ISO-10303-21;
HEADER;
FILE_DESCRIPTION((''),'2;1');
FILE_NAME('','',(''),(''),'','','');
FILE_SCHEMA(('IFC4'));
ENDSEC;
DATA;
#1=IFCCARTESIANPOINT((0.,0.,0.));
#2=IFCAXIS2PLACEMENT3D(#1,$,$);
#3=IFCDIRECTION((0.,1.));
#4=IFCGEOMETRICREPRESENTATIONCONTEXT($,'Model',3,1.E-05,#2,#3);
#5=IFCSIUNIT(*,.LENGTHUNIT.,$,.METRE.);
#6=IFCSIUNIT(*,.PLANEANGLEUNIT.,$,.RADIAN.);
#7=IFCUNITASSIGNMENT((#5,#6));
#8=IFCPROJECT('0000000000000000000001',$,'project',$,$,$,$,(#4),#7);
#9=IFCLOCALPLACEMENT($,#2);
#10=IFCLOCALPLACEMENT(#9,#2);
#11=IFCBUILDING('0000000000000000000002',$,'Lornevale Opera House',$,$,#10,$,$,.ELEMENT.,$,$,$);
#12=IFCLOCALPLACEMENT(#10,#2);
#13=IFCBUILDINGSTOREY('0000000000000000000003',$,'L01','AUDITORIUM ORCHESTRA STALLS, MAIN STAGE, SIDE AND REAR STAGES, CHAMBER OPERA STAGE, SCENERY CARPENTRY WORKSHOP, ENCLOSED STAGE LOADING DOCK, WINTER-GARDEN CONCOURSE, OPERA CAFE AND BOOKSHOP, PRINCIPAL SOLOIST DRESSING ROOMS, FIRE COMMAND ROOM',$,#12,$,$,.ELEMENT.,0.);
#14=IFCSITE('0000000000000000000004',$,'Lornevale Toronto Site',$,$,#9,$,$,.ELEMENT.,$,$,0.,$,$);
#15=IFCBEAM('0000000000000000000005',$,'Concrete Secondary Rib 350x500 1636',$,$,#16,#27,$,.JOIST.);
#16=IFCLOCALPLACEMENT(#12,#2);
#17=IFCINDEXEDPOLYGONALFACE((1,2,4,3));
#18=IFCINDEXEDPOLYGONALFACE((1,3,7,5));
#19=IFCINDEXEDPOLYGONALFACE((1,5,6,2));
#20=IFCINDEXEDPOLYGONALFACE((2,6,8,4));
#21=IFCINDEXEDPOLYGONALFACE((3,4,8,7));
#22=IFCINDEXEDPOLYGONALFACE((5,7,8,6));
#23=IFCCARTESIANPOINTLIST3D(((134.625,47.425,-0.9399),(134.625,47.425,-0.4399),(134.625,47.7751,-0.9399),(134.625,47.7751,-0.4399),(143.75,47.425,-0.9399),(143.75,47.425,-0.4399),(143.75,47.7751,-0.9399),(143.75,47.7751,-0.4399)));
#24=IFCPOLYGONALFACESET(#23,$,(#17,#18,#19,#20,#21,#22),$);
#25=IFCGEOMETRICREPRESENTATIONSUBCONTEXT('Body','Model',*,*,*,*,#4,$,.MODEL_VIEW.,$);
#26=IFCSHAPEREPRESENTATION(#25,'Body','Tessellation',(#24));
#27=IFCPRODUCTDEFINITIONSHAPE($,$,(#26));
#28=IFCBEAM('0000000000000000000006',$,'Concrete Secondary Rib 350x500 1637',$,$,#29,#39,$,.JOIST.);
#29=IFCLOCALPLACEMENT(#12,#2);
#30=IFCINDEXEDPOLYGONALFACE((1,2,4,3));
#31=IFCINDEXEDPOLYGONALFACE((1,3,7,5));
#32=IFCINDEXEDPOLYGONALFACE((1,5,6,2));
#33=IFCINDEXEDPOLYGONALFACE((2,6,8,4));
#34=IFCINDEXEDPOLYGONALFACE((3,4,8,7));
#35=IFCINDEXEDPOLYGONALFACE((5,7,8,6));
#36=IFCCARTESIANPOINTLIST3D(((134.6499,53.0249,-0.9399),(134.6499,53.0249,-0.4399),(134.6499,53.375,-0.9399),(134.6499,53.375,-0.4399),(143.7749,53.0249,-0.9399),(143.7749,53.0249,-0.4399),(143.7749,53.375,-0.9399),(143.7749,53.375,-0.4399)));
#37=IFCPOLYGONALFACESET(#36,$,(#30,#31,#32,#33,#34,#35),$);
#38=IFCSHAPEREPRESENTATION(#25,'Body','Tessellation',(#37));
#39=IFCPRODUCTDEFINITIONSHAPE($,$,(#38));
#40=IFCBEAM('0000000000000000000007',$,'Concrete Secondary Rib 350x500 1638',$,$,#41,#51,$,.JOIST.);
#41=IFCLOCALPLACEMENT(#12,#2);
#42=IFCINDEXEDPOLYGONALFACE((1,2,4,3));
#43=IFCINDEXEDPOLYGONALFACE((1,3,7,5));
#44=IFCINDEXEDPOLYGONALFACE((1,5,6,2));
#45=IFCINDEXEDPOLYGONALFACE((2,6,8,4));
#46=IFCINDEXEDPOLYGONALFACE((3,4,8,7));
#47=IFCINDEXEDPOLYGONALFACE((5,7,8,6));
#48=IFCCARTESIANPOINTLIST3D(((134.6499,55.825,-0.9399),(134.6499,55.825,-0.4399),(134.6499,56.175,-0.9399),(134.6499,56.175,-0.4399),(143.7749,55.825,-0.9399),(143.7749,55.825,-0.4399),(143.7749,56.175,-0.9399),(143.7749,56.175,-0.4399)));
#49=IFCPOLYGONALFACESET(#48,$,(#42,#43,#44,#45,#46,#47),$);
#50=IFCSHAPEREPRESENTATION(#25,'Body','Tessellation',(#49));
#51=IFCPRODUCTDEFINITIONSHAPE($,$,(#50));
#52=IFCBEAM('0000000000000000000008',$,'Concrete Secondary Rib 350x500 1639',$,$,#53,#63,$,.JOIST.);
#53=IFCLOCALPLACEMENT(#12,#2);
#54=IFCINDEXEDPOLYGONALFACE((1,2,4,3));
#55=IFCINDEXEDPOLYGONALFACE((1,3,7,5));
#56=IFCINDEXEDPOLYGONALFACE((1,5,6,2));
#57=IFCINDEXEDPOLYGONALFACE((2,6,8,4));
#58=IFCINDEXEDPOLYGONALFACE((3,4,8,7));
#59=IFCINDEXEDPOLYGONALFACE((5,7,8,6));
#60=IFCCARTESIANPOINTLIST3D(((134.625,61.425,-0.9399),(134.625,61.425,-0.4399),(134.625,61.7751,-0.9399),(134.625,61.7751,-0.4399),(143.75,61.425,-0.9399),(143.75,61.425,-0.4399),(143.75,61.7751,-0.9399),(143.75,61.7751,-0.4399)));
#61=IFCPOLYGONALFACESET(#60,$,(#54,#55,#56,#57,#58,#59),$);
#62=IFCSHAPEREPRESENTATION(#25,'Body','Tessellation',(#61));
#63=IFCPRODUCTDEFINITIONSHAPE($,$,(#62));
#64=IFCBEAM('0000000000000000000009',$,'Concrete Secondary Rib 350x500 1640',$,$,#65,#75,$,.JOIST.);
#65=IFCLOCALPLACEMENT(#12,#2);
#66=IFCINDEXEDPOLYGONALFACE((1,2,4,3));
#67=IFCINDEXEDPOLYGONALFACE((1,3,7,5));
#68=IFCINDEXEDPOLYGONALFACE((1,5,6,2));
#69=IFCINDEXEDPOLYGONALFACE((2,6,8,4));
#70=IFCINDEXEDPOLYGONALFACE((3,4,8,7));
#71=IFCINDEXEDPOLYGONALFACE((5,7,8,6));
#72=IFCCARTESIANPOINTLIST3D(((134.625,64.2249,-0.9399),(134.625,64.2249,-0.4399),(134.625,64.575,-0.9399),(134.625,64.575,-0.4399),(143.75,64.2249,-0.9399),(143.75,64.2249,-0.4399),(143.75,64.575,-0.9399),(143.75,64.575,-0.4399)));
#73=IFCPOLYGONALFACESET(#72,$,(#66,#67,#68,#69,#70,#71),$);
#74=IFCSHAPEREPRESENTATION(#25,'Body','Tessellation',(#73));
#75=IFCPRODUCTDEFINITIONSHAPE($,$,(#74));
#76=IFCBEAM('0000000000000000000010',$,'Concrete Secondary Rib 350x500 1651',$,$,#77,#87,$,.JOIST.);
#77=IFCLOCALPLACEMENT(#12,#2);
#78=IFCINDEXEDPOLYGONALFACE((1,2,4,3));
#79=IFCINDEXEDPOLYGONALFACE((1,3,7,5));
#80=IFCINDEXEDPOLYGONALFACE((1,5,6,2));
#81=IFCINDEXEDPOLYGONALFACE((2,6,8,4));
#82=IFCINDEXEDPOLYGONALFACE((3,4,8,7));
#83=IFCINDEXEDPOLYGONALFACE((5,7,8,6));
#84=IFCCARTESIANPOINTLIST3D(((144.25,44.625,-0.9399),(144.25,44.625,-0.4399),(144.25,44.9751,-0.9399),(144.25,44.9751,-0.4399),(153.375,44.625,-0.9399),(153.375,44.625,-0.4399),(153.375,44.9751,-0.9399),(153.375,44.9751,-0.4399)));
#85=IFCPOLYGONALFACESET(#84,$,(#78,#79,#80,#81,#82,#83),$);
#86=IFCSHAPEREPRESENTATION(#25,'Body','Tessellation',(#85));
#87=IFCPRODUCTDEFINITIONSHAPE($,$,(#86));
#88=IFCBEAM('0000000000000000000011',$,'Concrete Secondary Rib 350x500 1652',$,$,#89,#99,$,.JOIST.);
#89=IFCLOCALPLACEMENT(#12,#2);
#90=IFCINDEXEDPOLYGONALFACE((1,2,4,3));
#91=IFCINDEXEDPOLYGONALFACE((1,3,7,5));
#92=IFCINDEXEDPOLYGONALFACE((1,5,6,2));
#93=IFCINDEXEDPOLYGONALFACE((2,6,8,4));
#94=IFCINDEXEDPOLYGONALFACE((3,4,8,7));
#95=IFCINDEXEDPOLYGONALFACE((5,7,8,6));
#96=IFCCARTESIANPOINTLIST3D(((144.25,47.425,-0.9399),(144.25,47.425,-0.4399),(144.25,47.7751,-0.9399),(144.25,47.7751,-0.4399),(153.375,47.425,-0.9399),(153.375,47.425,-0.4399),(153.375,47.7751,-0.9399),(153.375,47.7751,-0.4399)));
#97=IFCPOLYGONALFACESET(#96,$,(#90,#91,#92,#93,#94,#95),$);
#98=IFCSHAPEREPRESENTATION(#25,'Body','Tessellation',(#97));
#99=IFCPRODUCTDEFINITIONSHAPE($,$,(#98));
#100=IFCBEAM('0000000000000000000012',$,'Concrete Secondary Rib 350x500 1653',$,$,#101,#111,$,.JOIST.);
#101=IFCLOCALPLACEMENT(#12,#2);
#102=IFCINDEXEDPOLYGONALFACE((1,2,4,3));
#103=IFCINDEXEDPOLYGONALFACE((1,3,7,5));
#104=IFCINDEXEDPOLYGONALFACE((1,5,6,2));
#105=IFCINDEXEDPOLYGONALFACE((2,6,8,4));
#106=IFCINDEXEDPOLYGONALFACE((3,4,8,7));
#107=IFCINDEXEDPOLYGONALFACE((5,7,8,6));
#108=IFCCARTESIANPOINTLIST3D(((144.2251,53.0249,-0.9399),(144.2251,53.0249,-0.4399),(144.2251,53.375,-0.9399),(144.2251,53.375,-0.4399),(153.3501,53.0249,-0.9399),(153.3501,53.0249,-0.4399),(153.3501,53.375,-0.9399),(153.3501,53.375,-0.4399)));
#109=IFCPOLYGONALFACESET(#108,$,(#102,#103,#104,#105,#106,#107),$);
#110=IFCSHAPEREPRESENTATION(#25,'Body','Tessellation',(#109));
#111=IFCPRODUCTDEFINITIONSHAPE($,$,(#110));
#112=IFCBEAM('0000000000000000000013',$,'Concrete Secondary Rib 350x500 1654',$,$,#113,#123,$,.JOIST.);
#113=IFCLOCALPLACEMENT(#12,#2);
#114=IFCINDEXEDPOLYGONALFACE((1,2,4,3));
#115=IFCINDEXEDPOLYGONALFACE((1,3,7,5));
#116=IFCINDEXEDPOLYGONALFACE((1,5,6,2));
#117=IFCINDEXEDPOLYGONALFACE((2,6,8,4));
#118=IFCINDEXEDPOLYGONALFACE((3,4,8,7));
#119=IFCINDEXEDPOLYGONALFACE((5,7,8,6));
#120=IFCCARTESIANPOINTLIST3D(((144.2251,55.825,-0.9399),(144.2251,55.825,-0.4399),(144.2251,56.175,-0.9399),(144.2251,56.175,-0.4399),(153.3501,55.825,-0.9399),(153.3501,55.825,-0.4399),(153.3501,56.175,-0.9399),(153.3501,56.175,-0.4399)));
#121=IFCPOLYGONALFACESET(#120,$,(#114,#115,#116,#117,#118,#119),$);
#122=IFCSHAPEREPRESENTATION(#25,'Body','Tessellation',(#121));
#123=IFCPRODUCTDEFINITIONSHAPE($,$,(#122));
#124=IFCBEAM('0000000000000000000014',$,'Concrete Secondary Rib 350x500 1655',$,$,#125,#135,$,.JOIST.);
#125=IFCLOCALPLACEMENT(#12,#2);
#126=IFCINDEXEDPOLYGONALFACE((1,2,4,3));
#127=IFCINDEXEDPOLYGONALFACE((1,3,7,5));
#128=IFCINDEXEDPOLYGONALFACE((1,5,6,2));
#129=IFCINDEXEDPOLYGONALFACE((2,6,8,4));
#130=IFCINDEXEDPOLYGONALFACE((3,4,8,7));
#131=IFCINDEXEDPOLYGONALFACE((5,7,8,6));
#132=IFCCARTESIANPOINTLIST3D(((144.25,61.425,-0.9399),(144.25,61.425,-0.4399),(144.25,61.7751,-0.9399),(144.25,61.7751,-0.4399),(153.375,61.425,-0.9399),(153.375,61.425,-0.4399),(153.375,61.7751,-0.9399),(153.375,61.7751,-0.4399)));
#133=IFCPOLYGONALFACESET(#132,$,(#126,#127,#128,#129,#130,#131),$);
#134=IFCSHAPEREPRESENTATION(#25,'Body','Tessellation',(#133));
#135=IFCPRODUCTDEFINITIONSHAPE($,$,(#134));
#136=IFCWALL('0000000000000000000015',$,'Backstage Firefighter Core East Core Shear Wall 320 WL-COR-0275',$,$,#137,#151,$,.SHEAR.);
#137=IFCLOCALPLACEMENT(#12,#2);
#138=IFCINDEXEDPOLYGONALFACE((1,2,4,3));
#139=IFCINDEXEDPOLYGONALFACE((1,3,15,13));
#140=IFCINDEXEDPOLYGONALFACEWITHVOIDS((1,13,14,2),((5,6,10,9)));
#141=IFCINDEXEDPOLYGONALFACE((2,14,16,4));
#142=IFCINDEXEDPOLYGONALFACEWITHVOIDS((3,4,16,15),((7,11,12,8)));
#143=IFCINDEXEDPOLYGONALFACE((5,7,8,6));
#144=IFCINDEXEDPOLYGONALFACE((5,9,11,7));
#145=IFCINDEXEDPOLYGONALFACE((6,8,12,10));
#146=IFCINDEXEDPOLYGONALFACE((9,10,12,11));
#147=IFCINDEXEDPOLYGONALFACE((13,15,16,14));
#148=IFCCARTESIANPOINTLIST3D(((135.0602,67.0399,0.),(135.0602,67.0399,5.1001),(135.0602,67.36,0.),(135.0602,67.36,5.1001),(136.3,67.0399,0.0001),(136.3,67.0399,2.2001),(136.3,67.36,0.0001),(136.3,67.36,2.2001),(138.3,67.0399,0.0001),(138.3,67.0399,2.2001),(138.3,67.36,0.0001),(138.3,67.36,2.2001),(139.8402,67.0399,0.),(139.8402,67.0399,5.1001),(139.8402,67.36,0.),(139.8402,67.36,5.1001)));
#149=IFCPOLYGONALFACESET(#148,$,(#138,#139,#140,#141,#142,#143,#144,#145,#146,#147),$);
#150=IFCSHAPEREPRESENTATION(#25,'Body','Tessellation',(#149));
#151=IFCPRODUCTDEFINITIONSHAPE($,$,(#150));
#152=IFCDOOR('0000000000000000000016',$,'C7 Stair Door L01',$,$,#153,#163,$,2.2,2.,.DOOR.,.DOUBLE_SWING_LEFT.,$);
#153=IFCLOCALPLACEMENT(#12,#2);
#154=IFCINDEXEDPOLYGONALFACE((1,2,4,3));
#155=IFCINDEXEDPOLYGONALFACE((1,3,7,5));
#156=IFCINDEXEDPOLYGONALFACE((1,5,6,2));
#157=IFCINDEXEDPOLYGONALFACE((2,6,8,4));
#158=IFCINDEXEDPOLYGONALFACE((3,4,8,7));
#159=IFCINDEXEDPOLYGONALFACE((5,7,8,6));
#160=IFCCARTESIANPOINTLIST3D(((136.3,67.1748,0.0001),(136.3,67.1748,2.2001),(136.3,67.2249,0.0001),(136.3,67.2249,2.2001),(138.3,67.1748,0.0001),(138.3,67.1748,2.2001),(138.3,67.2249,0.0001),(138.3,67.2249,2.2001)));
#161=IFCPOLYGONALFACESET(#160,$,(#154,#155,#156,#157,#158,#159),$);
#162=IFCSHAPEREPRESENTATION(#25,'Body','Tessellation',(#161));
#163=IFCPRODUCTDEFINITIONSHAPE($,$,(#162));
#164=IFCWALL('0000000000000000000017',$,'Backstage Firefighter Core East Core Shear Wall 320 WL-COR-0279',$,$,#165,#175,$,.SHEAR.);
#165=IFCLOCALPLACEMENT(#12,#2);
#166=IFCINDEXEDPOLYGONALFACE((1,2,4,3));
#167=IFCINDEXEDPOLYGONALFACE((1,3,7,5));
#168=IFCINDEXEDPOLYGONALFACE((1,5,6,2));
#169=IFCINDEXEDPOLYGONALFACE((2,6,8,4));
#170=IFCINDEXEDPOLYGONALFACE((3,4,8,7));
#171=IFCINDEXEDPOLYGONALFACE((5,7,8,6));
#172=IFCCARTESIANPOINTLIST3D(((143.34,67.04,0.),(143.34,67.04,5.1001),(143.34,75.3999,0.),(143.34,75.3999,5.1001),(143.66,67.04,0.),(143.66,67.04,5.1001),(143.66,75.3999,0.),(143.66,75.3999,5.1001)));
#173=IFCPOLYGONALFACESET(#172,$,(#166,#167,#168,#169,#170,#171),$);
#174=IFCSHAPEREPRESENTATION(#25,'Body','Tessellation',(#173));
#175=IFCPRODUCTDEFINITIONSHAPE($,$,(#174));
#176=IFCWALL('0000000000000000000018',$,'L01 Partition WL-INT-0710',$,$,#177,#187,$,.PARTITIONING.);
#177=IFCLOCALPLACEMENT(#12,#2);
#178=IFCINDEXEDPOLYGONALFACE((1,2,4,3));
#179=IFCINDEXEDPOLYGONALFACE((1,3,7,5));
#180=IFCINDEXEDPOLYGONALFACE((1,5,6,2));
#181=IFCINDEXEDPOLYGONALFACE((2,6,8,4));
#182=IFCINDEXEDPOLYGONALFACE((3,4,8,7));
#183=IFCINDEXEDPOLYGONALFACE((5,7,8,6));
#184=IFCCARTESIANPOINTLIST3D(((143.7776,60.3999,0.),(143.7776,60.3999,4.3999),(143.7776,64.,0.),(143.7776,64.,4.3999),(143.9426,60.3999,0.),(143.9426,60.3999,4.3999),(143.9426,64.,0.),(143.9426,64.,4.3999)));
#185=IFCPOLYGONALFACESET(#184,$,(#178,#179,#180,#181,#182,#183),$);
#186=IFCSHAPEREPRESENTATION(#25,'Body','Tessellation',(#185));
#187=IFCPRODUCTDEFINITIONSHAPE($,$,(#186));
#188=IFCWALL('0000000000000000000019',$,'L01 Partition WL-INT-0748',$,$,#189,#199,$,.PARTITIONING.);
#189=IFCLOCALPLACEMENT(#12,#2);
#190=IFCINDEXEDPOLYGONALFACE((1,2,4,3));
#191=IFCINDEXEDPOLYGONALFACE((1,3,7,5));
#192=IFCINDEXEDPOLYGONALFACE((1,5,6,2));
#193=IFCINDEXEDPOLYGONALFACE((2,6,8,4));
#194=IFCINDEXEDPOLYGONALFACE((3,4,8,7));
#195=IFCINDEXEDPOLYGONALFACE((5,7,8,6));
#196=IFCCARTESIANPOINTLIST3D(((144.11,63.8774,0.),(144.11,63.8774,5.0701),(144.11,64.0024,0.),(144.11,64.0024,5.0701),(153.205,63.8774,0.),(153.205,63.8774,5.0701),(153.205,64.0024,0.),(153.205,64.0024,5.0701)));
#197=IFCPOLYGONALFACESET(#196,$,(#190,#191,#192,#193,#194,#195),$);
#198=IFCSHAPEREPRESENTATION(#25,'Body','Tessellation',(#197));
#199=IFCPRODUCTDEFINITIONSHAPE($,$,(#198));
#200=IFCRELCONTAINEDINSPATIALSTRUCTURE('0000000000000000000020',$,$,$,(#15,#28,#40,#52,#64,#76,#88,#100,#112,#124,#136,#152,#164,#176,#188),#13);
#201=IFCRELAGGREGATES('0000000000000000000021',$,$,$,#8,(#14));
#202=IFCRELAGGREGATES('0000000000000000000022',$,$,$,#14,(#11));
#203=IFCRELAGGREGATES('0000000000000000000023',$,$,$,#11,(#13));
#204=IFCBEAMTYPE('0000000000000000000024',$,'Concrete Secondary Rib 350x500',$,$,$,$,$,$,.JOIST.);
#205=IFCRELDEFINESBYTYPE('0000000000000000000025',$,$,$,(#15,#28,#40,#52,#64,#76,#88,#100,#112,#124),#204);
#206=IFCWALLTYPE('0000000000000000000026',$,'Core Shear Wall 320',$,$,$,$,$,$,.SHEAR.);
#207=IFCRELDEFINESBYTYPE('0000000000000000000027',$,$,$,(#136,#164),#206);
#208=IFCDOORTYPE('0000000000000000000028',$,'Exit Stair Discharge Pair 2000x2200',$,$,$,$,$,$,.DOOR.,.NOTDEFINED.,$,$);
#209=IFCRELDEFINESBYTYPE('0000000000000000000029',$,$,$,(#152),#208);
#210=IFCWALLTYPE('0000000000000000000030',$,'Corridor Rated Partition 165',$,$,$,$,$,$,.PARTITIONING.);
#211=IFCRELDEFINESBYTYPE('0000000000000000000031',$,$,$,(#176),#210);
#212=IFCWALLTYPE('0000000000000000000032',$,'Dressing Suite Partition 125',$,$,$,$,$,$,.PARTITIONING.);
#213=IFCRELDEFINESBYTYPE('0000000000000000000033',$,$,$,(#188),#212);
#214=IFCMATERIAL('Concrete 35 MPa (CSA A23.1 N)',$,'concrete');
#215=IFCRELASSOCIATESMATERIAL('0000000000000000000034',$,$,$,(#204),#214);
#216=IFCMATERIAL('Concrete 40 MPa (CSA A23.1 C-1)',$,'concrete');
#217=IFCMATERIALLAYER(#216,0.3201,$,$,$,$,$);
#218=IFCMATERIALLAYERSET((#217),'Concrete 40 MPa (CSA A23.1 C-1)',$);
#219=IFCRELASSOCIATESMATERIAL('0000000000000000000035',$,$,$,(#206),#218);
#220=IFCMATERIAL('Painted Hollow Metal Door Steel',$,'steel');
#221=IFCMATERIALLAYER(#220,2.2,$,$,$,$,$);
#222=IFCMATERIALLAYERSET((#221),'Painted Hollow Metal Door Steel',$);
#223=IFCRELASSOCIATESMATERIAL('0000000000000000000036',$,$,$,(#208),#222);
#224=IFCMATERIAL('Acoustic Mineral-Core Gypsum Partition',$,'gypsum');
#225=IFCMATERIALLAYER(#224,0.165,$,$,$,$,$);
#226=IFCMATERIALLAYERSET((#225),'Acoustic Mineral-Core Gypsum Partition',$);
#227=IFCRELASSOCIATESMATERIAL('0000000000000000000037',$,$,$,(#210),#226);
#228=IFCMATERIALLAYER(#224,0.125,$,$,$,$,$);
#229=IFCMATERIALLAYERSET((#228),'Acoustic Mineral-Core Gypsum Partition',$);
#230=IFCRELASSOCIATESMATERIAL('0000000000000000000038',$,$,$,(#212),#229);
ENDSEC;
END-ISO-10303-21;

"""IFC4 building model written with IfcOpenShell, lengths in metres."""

from ifc_helpers import new_model, si_unit, direction, frame, frame_2d, origin, origin_2d, place, context, subcontext, project, spatial, rectangle, extrude, material, layer, layer_set, material_profile, profile_set, type_object, element, fill, save


model = new_model("IFC4")

# Units and contexts
model_context = context("Model", 3, precision=1e-05, world=origin(), true_north=direction((0.0, 1.0)))
body_context = subcontext(model_context, "Body", "Model", "MODEL_VIEW")
ifc_project = project(units=[si_unit("LENGTHUNIT", "METRE"), si_unit("PLANEANGLEUNIT", "RADIAN")], contexts=[model_context])

# Site, building, storey
site_placement = place(None, origin())
site = spatial("IfcSite", under=ifc_project, at=site_placement, Name="Lornevale Toronto Site", CompositionType="ELEMENT", RefElevation=0.0)
building_placement = place(site_placement, origin())
building = spatial("IfcBuilding", under=site, at=building_placement, Name="Lornevale Opera House", CompositionType="ELEMENT")
storey_placement = place(building_placement, origin())
storey = spatial("IfcBuildingStorey", under=building, at=storey_placement, Name="L01", Description="AUDITORIUM ORCHESTRA STALLS, MAIN STAGE, SIDE AND REAR STAGES, CHAMBER OPERA STAGE, SCENERY CARPENTRY WORKSHOP, ENCLOSED STAGE LOADING DOCK, WINTER-GARDEN CONCOURSE, OPERA CAFE AND BOOKSHOP, PRINCIPAL SOLOIST DRESSING ROOMS, FIRE COMMAND ROOM", CompositionType="ELEMENT", Elevation=0.0)

# Shared definitions
ifc_material_1 = material(Name="Concrete 40 MPa (CSA A23.1 C-1)", Category="concrete")

# Beams
ifc_material_2 = material(Name="Concrete 35 MPa (CSA A23.1 N)", Category="concrete")
ifc_material_profile_1 = material_profile(ifc_material_2, rectangle(XDim=0.3501, YDim=0.5, at=origin_2d()), Name="RC350x500")
ifc_profile_set_1 = profile_set([ifc_material_profile_1], Name="Concrete 35 MPa (CSA A23.1 N)")
beam_type_1 = type_object("IfcBeamType", Name="Concrete Secondary Rib 350x500", PredefinedType="JOIST", material=ifc_profile_set_1)
for number, where, z_axis, x_axis, name in (
    (1, (134.625, 47.6001, -0.6899), (1.0, 0.0, 0.0), (0.0, 1.0, 0.0), "Concrete Secondary Rib 350x500 1636"),
    (2, (134.6499, 53.2, -0.6899), (1.0, 0.0, 0.0), (0.0, 1.0, 0.0), "Concrete Secondary Rib 350x500 1637"),
    (3, (134.6499, 56.0, -0.6899), (1.0, 0.0, 0.0), (0.0, 1.0, 0.0), "Concrete Secondary Rib 350x500 1638"),
    (4, (134.625, 61.6001, -0.6899), (1.0, 0.0, 0.0), (0.0, 1.0, 0.0), "Concrete Secondary Rib 350x500 1639"),
    (5, (134.625, 64.3999, -0.6899), (1.0, 0.0, 0.0), (0.0, 1.0, 0.0), "Concrete Secondary Rib 350x500 1640"),
    (6, (144.25, 44.8, -0.6899), (1.0, 0.0, 0.0), (0.0, 1.0, 0.0), "Concrete Secondary Rib 350x500 1651"),
    (7, (144.25, 47.6001, -0.6899), (1.0, 0.0, 0.0), (0.0, 1.0, 0.0), "Concrete Secondary Rib 350x500 1652"),
    (8, (144.2251, 53.2, -0.6899), (1.0, 0.0, 0.0), (0.0, 1.0, 0.0), "Concrete Secondary Rib 350x500 1653"),
    (9, (144.2251, 56.0, -0.6899), (1.0, 0.0, 0.0), (0.0, 1.0, 0.0), "Concrete Secondary Rib 350x500 1654"),
    (10, (144.25, 61.6001, -0.6899), (1.0, 0.0, 0.0), (0.0, 1.0, 0.0), "Concrete Secondary Rib 350x500 1655"),
):
    element("IfcBeam", number, at=place(storey_placement, frame(where, z_axis=z_axis, x_axis=x_axis)), inside=storey, type_object=beam_type_1, Name=name, PredefinedType="JOIST", context=body_context, shape_type="SweptSolid", body=[
        extrude(rectangle(XDim=0.3501, YDim=0.5, at=origin_2d()), origin(), (0.0, 0.0, 1.0), 9.125),
    ])

# Wall, opening, door
ifc_layer_1 = layer(ifc_material_1, 0.3201)
ifc_layer_set_1 = layer_set([ifc_layer_1], Name="Concrete 40 MPa (CSA A23.1 C-1)")
wall_type_1 = type_object("IfcWallType", Name="Core Shear Wall 320", PredefinedType="SHEAR", material=ifc_layer_set_1)
wall_1_placement = place(storey_placement, frame((135.0601, 67.2, 0.0), z_axis=(0.0, 0.0, 1.0), x_axis=(1.0, 0.0, 0.0)))
wall_1 = element("IfcWall", 11, at=wall_1_placement, inside=storey, type_object=wall_type_1, Name="Backstage Firefighter Core East Core Shear Wall 320 WL-COR-0275", PredefinedType="SHEAR", context=body_context, shape_type="SweptSolid", body=[
    extrude(rectangle(XDim=4.78, YDim=0.3201, at=frame_2d((2.3901, 0.0))), origin(), (0.0, 0.0, 1.0), 5.1001),
])
opening_1_placement = place(wall_1_placement, frame((1.24, 0.0, 0.0)))
opening_1 = element("IfcOpeningElement", 12, at=opening_1_placement, cuts=wall_1, PredefinedType="OPENING", context=body_context, shape_type="SweptSolid", body=[
    extrude(rectangle(XDim=2.0, YDim=2.2, at=frame_2d((1.0, 1.1001))), frame((0.0, 0.1699, 0.0), z_axis=(0.0, -1.0, 0.0), x_axis=(1.0, 0.0, 0.0)), (0.0, 0.0, 1.0), 0.3401),
])
ifc_material_3 = material(Name="Painted Hollow Metal Door Steel", Category="steel")
ifc_layer_2 = layer(ifc_material_3, 2.2)
ifc_layer_set_2 = layer_set([ifc_layer_2], Name="Painted Hollow Metal Door Steel")
door_type_1 = type_object("IfcDoorType", Name="Exit Stair Discharge Pair 2000x2200", OperationType="NOTDEFINED", PredefinedType="DOOR", material=ifc_layer_set_2)
door_1_placement = place(opening_1_placement, origin())
door_1 = element("IfcDoor", 13, at=door_1_placement, inside=storey, type_object=door_type_1, Name="C7 Stair Door L01", OperationType="DOUBLE_SWING_LEFT", OverallHeight=2.2, OverallWidth=2.0, PredefinedType="DOOR", context=body_context, shape_type="SweptSolid", body=[
    extrude(rectangle(XDim=2.0, YDim=2.2, at=frame_2d((1.0, 1.1001))), frame((0.0, 0.0249, 0.0), z_axis=(0.0, -1.0, 0.0), x_axis=(1.0, 0.0, 0.0)), (0.0, 0.0, 1.0), 0.05),
])
fill(opening_1, door_1)

# Walls
wall_2_placement = place(storey_placement, frame((143.5, 67.04, 0.0), z_axis=(0.0, 0.0, 1.0), x_axis=(0.0, 1.0, 0.0)))
element("IfcWall", 14, at=wall_2_placement, inside=storey, type_object=wall_type_1, Name="Backstage Firefighter Core East Core Shear Wall 320 WL-COR-0279", PredefinedType="SHEAR", context=body_context, shape_type="SweptSolid", body=[
    extrude(rectangle(XDim=8.3599, YDim=0.3201, at=frame_2d((4.1799, 0.0))), origin(), (0.0, 0.0, 1.0), 5.1001),
])
ifc_material_4 = material(Name="Acoustic Mineral-Core Gypsum Partition", Category="gypsum")
ifc_layer_3 = layer(ifc_material_4, 0.165)
ifc_layer_set_3 = layer_set([ifc_layer_3], Name="Acoustic Mineral-Core Gypsum Partition")
wall_type_2 = type_object("IfcWallType", Name="Corridor Rated Partition 165", PredefinedType="PARTITIONING", material=ifc_layer_set_3)
wall_3_placement = place(storey_placement, frame((143.8601, 60.3999, 0.0), z_axis=(0.0, 0.0, 1.0), x_axis=(0.0, 1.0, 0.0)))
element("IfcWall", 15, at=wall_3_placement, inside=storey, type_object=wall_type_2, Name="L01 Partition WL-INT-0710", PredefinedType="PARTITIONING", context=body_context, shape_type="SweptSolid", body=[
    extrude(rectangle(XDim=3.6001, YDim=0.165, at=frame_2d((1.8, 0.0))), origin(), (0.0, 0.0, 1.0), 4.3999),
])
ifc_layer_4 = layer(ifc_material_4, 0.125)
ifc_layer_set_4 = layer_set([ifc_layer_4], Name="Acoustic Mineral-Core Gypsum Partition")
wall_type_3 = type_object("IfcWallType", Name="Dressing Suite Partition 125", PredefinedType="PARTITIONING", material=ifc_layer_set_4)
wall_4_placement = place(storey_placement, frame((144.1101, 63.9399, 0.0), z_axis=(0.0, 0.0, 1.0), x_axis=(1.0, 0.0, 0.0)))
element("IfcWall", 16, at=wall_4_placement, inside=storey, type_object=wall_type_3, Name="L01 Partition WL-INT-0748", PredefinedType="PARTITIONING", context=body_context, shape_type="SweptSolid", body=[
    extrude(rectangle(XDim=9.095, YDim=0.125, at=frame_2d((4.5474, 0.0))), origin(), (0.0, 0.0, 1.0), 5.0701),
])

save(model, "model.ifc")
